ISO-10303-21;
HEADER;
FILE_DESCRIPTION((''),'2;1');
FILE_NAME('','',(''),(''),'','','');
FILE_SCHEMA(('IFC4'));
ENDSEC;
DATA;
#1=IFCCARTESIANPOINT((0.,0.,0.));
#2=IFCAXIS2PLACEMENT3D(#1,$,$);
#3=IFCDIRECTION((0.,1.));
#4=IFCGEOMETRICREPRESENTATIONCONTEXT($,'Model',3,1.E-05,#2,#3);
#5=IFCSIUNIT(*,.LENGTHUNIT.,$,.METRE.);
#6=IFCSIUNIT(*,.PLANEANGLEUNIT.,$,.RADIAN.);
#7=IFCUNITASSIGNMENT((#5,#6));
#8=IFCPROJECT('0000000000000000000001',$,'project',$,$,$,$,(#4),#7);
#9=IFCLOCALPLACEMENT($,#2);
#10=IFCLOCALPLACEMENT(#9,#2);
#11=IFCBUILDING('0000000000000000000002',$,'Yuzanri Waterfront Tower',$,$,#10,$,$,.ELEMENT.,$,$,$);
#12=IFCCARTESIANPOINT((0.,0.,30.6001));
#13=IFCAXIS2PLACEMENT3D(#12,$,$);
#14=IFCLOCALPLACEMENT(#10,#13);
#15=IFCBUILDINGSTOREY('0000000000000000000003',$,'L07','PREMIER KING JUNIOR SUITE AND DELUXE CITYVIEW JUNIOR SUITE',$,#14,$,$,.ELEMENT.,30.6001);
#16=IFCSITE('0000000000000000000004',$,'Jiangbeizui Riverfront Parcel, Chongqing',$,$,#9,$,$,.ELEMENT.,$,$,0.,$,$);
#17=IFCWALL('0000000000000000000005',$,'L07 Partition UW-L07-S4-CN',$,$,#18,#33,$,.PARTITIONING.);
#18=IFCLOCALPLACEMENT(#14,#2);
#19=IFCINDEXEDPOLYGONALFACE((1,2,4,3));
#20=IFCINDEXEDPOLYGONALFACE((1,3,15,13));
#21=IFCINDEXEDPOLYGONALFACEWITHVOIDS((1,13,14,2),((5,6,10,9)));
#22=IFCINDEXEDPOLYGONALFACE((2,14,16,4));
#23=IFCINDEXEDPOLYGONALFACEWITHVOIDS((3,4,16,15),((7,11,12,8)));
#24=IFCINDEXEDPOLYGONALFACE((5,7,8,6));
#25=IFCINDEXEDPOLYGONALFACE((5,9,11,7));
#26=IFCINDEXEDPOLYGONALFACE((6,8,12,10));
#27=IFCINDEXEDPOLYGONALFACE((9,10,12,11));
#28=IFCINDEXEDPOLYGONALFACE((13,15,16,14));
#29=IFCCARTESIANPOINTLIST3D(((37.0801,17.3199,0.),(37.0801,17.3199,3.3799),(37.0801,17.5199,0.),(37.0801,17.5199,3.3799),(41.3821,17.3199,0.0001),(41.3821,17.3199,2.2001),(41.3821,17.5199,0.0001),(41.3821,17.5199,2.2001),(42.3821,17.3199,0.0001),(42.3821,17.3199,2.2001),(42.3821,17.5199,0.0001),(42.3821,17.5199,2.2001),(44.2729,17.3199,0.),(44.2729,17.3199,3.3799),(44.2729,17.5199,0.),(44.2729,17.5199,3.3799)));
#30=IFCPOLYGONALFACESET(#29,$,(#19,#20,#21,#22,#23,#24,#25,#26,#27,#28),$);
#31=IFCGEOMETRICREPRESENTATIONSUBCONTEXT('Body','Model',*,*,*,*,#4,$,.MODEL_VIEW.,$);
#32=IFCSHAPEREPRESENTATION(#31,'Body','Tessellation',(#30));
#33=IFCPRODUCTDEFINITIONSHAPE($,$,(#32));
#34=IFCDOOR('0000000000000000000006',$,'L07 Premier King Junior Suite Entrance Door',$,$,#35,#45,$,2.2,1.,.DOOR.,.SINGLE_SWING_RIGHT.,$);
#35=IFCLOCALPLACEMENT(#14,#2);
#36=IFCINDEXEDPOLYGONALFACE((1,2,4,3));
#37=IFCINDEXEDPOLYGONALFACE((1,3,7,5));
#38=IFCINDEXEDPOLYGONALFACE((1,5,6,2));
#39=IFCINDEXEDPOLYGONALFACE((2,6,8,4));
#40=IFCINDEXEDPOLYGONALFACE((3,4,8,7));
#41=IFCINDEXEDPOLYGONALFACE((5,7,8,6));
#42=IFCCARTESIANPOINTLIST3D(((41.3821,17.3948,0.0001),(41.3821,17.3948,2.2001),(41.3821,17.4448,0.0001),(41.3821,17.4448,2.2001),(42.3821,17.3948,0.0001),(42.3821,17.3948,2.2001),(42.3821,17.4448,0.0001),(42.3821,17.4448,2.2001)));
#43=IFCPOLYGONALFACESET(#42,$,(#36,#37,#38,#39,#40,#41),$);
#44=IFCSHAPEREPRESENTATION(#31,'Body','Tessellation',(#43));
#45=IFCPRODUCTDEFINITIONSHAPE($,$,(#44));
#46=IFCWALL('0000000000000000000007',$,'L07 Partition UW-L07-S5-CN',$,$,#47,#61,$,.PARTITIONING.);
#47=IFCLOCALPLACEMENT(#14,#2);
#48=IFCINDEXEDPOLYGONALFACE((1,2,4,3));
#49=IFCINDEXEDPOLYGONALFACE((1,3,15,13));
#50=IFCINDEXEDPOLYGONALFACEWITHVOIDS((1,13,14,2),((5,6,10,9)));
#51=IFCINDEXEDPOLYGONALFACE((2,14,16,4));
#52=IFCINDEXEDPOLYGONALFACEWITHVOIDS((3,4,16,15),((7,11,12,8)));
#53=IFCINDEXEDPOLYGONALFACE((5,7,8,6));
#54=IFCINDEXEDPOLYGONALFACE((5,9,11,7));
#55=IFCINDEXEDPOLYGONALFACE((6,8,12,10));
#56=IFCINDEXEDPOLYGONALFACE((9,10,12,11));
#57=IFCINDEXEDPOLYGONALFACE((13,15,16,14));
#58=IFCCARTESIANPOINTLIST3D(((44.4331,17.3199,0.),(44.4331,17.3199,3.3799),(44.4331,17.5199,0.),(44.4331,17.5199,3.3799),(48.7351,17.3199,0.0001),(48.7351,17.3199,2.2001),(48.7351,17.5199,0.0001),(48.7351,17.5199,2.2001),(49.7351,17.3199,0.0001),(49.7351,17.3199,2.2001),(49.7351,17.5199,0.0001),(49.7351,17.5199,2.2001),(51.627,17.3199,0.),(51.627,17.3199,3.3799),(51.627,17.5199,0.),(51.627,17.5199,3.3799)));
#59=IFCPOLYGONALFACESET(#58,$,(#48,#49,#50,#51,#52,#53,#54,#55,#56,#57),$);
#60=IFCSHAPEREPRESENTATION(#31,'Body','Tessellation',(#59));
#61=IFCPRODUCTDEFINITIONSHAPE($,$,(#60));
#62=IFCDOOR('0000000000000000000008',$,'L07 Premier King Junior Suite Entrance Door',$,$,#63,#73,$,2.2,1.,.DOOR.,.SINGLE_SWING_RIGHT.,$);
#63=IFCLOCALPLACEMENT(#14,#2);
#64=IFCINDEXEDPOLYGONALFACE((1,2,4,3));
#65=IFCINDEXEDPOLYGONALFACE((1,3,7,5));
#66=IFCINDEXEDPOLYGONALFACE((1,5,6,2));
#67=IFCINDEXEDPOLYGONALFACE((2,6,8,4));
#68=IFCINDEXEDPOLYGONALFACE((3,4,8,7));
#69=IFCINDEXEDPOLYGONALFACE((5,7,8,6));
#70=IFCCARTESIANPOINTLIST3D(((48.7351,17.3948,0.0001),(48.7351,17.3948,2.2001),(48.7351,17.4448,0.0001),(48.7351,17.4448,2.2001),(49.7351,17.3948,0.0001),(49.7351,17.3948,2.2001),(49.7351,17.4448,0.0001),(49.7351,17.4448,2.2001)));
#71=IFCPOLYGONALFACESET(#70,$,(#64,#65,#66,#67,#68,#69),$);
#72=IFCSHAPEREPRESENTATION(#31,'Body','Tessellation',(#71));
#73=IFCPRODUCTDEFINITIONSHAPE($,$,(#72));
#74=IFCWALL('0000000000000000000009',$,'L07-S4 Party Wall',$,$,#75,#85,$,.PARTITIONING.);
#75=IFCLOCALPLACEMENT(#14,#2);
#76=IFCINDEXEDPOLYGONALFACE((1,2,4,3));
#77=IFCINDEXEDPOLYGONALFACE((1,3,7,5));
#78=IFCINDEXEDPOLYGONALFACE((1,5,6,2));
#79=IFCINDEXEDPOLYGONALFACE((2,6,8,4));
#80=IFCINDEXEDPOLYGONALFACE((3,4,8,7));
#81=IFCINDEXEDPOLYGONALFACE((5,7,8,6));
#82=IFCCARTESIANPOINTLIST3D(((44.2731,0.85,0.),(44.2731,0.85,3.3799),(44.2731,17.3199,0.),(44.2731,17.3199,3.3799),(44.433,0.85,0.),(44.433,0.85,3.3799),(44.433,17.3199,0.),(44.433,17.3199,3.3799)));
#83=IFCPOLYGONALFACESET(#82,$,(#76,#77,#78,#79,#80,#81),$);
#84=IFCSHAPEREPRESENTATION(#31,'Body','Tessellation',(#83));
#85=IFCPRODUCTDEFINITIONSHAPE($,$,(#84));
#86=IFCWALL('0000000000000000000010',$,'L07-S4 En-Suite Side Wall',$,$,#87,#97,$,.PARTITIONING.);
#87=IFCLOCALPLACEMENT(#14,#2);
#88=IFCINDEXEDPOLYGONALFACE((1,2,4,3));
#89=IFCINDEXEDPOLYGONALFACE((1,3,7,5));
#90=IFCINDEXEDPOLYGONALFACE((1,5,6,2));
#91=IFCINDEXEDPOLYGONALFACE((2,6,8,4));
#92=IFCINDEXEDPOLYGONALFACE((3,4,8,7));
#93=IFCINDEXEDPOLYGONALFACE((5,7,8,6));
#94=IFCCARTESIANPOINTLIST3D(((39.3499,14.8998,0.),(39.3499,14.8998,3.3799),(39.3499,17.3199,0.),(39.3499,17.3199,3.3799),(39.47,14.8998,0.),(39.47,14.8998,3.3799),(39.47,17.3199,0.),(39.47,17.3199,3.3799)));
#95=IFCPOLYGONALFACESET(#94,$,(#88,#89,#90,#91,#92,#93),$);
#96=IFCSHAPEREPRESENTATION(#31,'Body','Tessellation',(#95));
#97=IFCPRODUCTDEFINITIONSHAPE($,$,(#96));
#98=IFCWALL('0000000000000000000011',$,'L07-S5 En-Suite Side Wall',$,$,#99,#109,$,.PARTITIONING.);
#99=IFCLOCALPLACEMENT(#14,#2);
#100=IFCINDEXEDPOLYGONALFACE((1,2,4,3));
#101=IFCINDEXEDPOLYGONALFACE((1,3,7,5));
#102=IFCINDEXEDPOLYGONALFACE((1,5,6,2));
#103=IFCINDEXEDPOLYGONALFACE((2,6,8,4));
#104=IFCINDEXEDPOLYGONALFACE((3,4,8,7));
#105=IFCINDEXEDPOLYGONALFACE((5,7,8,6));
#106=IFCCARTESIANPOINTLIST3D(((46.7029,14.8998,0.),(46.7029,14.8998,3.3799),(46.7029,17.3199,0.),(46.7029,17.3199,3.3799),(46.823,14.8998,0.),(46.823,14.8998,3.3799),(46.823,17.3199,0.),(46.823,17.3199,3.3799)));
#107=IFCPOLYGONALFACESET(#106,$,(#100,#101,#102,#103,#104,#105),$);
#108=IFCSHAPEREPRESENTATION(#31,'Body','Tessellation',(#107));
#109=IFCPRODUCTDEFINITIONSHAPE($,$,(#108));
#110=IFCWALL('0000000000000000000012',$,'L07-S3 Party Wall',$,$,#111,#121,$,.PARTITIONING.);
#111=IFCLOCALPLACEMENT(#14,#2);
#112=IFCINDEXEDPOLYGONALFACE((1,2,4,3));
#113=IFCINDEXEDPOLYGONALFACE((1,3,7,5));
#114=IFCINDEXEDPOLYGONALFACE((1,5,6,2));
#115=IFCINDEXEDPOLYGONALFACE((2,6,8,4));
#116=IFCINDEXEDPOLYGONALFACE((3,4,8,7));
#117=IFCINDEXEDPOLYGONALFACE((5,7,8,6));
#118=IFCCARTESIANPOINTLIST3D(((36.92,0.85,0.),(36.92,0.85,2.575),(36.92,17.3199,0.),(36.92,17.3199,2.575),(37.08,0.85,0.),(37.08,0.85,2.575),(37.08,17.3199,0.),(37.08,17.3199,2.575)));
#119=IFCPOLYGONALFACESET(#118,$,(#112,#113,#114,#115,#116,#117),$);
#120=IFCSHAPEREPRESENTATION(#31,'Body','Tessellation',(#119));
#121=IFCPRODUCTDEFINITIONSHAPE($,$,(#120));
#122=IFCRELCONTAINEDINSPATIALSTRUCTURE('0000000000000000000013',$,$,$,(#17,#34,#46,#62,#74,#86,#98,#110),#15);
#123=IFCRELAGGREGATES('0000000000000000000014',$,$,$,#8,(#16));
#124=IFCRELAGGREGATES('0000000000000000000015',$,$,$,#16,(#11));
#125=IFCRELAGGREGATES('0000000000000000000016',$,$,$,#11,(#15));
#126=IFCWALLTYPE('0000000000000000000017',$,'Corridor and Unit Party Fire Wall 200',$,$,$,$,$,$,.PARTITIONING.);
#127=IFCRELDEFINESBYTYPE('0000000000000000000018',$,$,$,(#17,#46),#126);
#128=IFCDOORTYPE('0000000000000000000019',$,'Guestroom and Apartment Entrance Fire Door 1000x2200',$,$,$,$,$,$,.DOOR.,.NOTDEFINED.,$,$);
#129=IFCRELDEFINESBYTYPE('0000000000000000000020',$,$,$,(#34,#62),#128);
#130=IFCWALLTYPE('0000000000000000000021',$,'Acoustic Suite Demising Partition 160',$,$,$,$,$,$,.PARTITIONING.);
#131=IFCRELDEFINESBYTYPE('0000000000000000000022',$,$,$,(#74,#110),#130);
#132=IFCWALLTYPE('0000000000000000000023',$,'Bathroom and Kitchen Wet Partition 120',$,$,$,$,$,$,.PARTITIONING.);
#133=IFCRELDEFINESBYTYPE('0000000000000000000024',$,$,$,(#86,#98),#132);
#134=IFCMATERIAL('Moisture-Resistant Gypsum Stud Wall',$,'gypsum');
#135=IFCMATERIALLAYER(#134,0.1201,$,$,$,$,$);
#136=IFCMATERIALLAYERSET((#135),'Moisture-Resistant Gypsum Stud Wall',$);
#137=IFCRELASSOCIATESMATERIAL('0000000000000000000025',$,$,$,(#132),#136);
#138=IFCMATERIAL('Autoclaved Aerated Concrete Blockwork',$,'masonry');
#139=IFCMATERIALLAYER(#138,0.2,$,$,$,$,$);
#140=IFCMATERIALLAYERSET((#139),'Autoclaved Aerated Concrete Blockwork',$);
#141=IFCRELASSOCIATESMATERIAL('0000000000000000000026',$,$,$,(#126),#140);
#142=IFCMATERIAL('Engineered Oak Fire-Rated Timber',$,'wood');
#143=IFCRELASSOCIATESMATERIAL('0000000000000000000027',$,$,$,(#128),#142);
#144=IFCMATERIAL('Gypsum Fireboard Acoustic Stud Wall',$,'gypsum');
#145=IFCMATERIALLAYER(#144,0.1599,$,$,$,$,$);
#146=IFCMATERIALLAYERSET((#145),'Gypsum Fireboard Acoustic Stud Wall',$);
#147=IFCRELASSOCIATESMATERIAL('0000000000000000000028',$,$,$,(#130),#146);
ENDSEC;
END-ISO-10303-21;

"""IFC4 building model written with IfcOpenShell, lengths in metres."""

from ifc_helpers import new_model, si_unit, direction, frame, frame_2d, origin, place, context, subcontext, project, spatial, rectangle, extrude, source, transform, mapped, material, layer, layer_set, type_object, element, fill, save


model = new_model("IFC4")

# Units and contexts
model_context = context("Model", 3, precision=1e-05, world=origin(), true_north=direction((0.0, 1.0)))
body_context = subcontext(model_context, "Body", "Model", "MODEL_VIEW")
ifc_project = project(units=[si_unit("LENGTHUNIT", "METRE"), si_unit("PLANEANGLEUNIT", "RADIAN")], contexts=[model_context])

# Site, building, storey
site_placement = place(None, origin())
site = spatial("IfcSite", under=ifc_project, at=site_placement, Name="Jiangbeizui Riverfront Parcel, Chongqing", CompositionType="ELEMENT", RefElevation=0.0)
building_placement = place(site_placement, origin())
building = spatial("IfcBuilding", under=site, at=building_placement, Name="Yuzanri Waterfront Tower", CompositionType="ELEMENT")
storey_placement = place(building_placement, frame((0.0, 0.0, 30.6001)))
storey = spatial("IfcBuildingStorey", under=building, at=storey_placement, Name="L07", Description="PREMIER KING JUNIOR SUITE AND DELUXE CITYVIEW JUNIOR SUITE", CompositionType="ELEMENT", Elevation=30.6001)

# Walls, openings, doors
ifc_material_1 = material(Name="Moisture-Resistant Gypsum Stud Wall", Category="gypsum")
ifc_layer_1 = layer(ifc_material_1, 0.1201)
ifc_layer_set_1 = layer_set([ifc_layer_1], Name="Moisture-Resistant Gypsum Stud Wall")
wall_type_1 = type_object("IfcWallType", Name="Bathroom and Kitchen Wet Partition 120", PredefinedType="PARTITIONING", material=ifc_layer_set_1)
ifc_material_2 = material(Name="Autoclaved Aerated Concrete Blockwork", Category="masonry")
ifc_layer_2 = layer(ifc_material_2, 0.2)
ifc_layer_set_2 = layer_set([ifc_layer_2], Name="Autoclaved Aerated Concrete Blockwork")
wall_type_2 = type_object("IfcWallType", Name="Corridor and Unit Party Fire Wall 200", PredefinedType="PARTITIONING", material=ifc_layer_set_2)
wall_1_placement = place(storey_placement, frame((37.0801, 17.4199, 0.0), z_axis=(0.0, 0.0, 1.0), x_axis=(1.0, 0.0, 0.0)))
wall_1 = element("IfcWall", 1, at=wall_1_placement, inside=storey, type_object=wall_type_2, Name="L07 Partition UW-L07-S4-CN", PredefinedType="PARTITIONING", context=body_context, shape_type="SweptSolid", body=[
    extrude(rectangle(XDim=7.1929, YDim=0.2, at=frame_2d((3.5964, 0.0))), origin(), (0.0, 0.0, 1.0), 3.3799),
])
opening_1_placement = place(wall_1_placement, frame((4.302, 0.0, 0.0)))
opening_1 = element("IfcOpeningElement", 2, at=opening_1_placement, cuts=wall_1, PredefinedType="OPENING", context=body_context, shape_type="SweptSolid", body=[
    extrude(rectangle(XDim=1.0, YDim=2.2, at=frame_2d((0.5, 1.1001))), frame((0.0, 0.1147, 0.0), z_axis=(0.0, -1.0, 0.0), x_axis=(1.0, 0.0, 0.0)), (0.0, 0.0, 1.0), 0.2297),
])
ifc_material_3 = material(Name="Engineered Oak Fire-Rated Timber", Category="wood")
door_type_1 = type_object("IfcDoorType", Name="Guestroom and Apartment Entrance Fire Door 1000x2200", OperationType="NOTDEFINED", PredefinedType="DOOR", material=ifc_material_3)
shared_shape_1 = source(origin(), body_context, "Body", "SweptSolid", [
    extrude(rectangle(XDim=1.0, YDim=2.2, at=frame_2d((0.5, 1.1001))), frame((0.0, 0.0249, 0.0), z_axis=(0.0, -1.0, 0.0), x_axis=(1.0, 0.0, 0.0)), (0.0, 0.0, 1.0), 0.05),
])
door_1_placement = place(opening_1_placement, origin())
door_1 = element("IfcDoor", 3, at=door_1_placement, inside=storey, type_object=door_type_1, Name="L07 Premier King Junior Suite Entrance Door", OperationType="SINGLE_SWING_RIGHT", OverallHeight=2.2, OverallWidth=1.0, PredefinedType="DOOR", context=body_context, shape_type="MappedRepresentation", body=[
    mapped(shared_shape_1, transform((0.0, 0.0, 0.0), scale=1.0)),
])
fill(opening_1, door_1)
wall_2_placement = place(storey_placement, frame((44.4331, 17.4199, 0.0), z_axis=(0.0, 0.0, 1.0), x_axis=(1.0, 0.0, 0.0)))
wall_2 = element("IfcWall", 4, at=wall_2_placement, inside=storey, type_object=wall_type_2, Name="L07 Partition UW-L07-S5-CN", PredefinedType="PARTITIONING", context=body_context, shape_type="SweptSolid", body=[
    extrude(rectangle(XDim=7.1938, YDim=0.2, at=frame_2d((3.5969, 0.0))), origin(), (0.0, 0.0, 1.0), 3.3799),
])
opening_2_placement = place(wall_2_placement, frame((4.302, 0.0, 0.0)))
opening_2 = element("IfcOpeningElement", 5, at=opening_2_placement, cuts=wall_2, PredefinedType="OPENING", context=body_context, shape_type="SweptSolid", body=[
    extrude(rectangle(XDim=1.0, YDim=2.2, at=frame_2d((0.5, 1.1001))), frame((0.0, 0.1147, 0.0), z_axis=(0.0, -1.0, 0.0), x_axis=(1.0, 0.0, 0.0)), (0.0, 0.0, 1.0), 0.2297),
])
door_2_placement = place(opening_2_placement, origin())
door_2 = element("IfcDoor", 6, at=door_2_placement, inside=storey, type_object=door_type_1, Name="L07 Premier King Junior Suite Entrance Door", OperationType="SINGLE_SWING_RIGHT", OverallHeight=2.2, OverallWidth=1.0, PredefinedType="DOOR", context=body_context, shape_type="MappedRepresentation", body=[
    mapped(shared_shape_1, transform((0.0, 0.0, 0.0), scale=1.0)),
])
fill(opening_2, door_2)

# Walls
ifc_material_4 = material(Name="Gypsum Fireboard Acoustic Stud Wall", Category="gypsum")
ifc_layer_3 = layer(ifc_material_4, 0.1599)
ifc_layer_set_3 = layer_set([ifc_layer_3], Name="Gypsum Fireboard Acoustic Stud Wall")
wall_type_3 = type_object("IfcWallType", Name="Acoustic Suite Demising Partition 160", PredefinedType="PARTITIONING", material=ifc_layer_set_3)
shared_shape_2 = source(origin(), body_context, "Body", "SweptSolid", [
    extrude(rectangle(XDim=16.47, YDim=0.1599, at=frame_2d((8.2349, 0.0))), origin(), (0.0, 0.0, 1.0), 3.3799),
])
wall_3_placement = place(storey_placement, frame((44.353, 0.8501, 0.0), z_axis=(0.0, 0.0, 1.0), x_axis=(0.0, 1.0, 0.0)))
element("IfcWall", 7, at=wall_3_placement, inside=storey, type_object=wall_type_3, Name="L07-S4 Party Wall", PredefinedType="PARTITIONING", context=body_context, shape_type="MappedRepresentation", body=[
    mapped(shared_shape_2, transform((0.0, 0.0, 0.0), scale=1.0)),
])
shared_shape_3 = source(origin(), body_context, "Body", "SweptSolid", [
    extrude(rectangle(XDim=2.4202, YDim=0.1201, at=frame_2d((1.21, 0.0))), origin(), (0.0, 0.0, 1.0), 3.3799),
])
for number, where, z_axis, x_axis, name in (
    (8, (39.4099, 14.8999, 0.0), (0.0, 0.0, 1.0), (0.0, 1.0, 0.0), "L07-S4 En-Suite Side Wall"),
    (9, (46.7629, 14.8999, 0.0), (0.0, 0.0, 1.0), (0.0, 1.0, 0.0), "L07-S5 En-Suite Side Wall"),
):
    element("IfcWall", number, at=place(storey_placement, frame(where, z_axis=z_axis, x_axis=x_axis)), inside=storey, type_object=wall_type_1, Name=name, PredefinedType="PARTITIONING", context=body_context, shape_type="MappedRepresentation", body=[
        mapped(shared_shape_3, transform((0.0, 0.0, 0.0), scale=1.0)),
    ])
shared_shape_4 = source(origin(), body_context, "Body", "SweptSolid", [
    extrude(rectangle(XDim=16.47, YDim=0.1599, at=frame_2d((8.2349, 0.0))), origin(), (0.0, 0.0, 1.0), 2.575),
])
wall_4_placement = place(storey_placement, frame((37.0, 0.8501, 0.0), z_axis=(0.0, 0.0, 1.0), x_axis=(0.0, 1.0, 0.0)))
element("IfcWall", 10, at=wall_4_placement, inside=storey, type_object=wall_type_3, Name="L07-S3 Party Wall", PredefinedType="PARTITIONING", context=body_context, shape_type="MappedRepresentation", body=[
    mapped(shared_shape_4, transform((0.0, 0.0, 0.0), scale=1.0)),
])

save(model, "model.ifc")
